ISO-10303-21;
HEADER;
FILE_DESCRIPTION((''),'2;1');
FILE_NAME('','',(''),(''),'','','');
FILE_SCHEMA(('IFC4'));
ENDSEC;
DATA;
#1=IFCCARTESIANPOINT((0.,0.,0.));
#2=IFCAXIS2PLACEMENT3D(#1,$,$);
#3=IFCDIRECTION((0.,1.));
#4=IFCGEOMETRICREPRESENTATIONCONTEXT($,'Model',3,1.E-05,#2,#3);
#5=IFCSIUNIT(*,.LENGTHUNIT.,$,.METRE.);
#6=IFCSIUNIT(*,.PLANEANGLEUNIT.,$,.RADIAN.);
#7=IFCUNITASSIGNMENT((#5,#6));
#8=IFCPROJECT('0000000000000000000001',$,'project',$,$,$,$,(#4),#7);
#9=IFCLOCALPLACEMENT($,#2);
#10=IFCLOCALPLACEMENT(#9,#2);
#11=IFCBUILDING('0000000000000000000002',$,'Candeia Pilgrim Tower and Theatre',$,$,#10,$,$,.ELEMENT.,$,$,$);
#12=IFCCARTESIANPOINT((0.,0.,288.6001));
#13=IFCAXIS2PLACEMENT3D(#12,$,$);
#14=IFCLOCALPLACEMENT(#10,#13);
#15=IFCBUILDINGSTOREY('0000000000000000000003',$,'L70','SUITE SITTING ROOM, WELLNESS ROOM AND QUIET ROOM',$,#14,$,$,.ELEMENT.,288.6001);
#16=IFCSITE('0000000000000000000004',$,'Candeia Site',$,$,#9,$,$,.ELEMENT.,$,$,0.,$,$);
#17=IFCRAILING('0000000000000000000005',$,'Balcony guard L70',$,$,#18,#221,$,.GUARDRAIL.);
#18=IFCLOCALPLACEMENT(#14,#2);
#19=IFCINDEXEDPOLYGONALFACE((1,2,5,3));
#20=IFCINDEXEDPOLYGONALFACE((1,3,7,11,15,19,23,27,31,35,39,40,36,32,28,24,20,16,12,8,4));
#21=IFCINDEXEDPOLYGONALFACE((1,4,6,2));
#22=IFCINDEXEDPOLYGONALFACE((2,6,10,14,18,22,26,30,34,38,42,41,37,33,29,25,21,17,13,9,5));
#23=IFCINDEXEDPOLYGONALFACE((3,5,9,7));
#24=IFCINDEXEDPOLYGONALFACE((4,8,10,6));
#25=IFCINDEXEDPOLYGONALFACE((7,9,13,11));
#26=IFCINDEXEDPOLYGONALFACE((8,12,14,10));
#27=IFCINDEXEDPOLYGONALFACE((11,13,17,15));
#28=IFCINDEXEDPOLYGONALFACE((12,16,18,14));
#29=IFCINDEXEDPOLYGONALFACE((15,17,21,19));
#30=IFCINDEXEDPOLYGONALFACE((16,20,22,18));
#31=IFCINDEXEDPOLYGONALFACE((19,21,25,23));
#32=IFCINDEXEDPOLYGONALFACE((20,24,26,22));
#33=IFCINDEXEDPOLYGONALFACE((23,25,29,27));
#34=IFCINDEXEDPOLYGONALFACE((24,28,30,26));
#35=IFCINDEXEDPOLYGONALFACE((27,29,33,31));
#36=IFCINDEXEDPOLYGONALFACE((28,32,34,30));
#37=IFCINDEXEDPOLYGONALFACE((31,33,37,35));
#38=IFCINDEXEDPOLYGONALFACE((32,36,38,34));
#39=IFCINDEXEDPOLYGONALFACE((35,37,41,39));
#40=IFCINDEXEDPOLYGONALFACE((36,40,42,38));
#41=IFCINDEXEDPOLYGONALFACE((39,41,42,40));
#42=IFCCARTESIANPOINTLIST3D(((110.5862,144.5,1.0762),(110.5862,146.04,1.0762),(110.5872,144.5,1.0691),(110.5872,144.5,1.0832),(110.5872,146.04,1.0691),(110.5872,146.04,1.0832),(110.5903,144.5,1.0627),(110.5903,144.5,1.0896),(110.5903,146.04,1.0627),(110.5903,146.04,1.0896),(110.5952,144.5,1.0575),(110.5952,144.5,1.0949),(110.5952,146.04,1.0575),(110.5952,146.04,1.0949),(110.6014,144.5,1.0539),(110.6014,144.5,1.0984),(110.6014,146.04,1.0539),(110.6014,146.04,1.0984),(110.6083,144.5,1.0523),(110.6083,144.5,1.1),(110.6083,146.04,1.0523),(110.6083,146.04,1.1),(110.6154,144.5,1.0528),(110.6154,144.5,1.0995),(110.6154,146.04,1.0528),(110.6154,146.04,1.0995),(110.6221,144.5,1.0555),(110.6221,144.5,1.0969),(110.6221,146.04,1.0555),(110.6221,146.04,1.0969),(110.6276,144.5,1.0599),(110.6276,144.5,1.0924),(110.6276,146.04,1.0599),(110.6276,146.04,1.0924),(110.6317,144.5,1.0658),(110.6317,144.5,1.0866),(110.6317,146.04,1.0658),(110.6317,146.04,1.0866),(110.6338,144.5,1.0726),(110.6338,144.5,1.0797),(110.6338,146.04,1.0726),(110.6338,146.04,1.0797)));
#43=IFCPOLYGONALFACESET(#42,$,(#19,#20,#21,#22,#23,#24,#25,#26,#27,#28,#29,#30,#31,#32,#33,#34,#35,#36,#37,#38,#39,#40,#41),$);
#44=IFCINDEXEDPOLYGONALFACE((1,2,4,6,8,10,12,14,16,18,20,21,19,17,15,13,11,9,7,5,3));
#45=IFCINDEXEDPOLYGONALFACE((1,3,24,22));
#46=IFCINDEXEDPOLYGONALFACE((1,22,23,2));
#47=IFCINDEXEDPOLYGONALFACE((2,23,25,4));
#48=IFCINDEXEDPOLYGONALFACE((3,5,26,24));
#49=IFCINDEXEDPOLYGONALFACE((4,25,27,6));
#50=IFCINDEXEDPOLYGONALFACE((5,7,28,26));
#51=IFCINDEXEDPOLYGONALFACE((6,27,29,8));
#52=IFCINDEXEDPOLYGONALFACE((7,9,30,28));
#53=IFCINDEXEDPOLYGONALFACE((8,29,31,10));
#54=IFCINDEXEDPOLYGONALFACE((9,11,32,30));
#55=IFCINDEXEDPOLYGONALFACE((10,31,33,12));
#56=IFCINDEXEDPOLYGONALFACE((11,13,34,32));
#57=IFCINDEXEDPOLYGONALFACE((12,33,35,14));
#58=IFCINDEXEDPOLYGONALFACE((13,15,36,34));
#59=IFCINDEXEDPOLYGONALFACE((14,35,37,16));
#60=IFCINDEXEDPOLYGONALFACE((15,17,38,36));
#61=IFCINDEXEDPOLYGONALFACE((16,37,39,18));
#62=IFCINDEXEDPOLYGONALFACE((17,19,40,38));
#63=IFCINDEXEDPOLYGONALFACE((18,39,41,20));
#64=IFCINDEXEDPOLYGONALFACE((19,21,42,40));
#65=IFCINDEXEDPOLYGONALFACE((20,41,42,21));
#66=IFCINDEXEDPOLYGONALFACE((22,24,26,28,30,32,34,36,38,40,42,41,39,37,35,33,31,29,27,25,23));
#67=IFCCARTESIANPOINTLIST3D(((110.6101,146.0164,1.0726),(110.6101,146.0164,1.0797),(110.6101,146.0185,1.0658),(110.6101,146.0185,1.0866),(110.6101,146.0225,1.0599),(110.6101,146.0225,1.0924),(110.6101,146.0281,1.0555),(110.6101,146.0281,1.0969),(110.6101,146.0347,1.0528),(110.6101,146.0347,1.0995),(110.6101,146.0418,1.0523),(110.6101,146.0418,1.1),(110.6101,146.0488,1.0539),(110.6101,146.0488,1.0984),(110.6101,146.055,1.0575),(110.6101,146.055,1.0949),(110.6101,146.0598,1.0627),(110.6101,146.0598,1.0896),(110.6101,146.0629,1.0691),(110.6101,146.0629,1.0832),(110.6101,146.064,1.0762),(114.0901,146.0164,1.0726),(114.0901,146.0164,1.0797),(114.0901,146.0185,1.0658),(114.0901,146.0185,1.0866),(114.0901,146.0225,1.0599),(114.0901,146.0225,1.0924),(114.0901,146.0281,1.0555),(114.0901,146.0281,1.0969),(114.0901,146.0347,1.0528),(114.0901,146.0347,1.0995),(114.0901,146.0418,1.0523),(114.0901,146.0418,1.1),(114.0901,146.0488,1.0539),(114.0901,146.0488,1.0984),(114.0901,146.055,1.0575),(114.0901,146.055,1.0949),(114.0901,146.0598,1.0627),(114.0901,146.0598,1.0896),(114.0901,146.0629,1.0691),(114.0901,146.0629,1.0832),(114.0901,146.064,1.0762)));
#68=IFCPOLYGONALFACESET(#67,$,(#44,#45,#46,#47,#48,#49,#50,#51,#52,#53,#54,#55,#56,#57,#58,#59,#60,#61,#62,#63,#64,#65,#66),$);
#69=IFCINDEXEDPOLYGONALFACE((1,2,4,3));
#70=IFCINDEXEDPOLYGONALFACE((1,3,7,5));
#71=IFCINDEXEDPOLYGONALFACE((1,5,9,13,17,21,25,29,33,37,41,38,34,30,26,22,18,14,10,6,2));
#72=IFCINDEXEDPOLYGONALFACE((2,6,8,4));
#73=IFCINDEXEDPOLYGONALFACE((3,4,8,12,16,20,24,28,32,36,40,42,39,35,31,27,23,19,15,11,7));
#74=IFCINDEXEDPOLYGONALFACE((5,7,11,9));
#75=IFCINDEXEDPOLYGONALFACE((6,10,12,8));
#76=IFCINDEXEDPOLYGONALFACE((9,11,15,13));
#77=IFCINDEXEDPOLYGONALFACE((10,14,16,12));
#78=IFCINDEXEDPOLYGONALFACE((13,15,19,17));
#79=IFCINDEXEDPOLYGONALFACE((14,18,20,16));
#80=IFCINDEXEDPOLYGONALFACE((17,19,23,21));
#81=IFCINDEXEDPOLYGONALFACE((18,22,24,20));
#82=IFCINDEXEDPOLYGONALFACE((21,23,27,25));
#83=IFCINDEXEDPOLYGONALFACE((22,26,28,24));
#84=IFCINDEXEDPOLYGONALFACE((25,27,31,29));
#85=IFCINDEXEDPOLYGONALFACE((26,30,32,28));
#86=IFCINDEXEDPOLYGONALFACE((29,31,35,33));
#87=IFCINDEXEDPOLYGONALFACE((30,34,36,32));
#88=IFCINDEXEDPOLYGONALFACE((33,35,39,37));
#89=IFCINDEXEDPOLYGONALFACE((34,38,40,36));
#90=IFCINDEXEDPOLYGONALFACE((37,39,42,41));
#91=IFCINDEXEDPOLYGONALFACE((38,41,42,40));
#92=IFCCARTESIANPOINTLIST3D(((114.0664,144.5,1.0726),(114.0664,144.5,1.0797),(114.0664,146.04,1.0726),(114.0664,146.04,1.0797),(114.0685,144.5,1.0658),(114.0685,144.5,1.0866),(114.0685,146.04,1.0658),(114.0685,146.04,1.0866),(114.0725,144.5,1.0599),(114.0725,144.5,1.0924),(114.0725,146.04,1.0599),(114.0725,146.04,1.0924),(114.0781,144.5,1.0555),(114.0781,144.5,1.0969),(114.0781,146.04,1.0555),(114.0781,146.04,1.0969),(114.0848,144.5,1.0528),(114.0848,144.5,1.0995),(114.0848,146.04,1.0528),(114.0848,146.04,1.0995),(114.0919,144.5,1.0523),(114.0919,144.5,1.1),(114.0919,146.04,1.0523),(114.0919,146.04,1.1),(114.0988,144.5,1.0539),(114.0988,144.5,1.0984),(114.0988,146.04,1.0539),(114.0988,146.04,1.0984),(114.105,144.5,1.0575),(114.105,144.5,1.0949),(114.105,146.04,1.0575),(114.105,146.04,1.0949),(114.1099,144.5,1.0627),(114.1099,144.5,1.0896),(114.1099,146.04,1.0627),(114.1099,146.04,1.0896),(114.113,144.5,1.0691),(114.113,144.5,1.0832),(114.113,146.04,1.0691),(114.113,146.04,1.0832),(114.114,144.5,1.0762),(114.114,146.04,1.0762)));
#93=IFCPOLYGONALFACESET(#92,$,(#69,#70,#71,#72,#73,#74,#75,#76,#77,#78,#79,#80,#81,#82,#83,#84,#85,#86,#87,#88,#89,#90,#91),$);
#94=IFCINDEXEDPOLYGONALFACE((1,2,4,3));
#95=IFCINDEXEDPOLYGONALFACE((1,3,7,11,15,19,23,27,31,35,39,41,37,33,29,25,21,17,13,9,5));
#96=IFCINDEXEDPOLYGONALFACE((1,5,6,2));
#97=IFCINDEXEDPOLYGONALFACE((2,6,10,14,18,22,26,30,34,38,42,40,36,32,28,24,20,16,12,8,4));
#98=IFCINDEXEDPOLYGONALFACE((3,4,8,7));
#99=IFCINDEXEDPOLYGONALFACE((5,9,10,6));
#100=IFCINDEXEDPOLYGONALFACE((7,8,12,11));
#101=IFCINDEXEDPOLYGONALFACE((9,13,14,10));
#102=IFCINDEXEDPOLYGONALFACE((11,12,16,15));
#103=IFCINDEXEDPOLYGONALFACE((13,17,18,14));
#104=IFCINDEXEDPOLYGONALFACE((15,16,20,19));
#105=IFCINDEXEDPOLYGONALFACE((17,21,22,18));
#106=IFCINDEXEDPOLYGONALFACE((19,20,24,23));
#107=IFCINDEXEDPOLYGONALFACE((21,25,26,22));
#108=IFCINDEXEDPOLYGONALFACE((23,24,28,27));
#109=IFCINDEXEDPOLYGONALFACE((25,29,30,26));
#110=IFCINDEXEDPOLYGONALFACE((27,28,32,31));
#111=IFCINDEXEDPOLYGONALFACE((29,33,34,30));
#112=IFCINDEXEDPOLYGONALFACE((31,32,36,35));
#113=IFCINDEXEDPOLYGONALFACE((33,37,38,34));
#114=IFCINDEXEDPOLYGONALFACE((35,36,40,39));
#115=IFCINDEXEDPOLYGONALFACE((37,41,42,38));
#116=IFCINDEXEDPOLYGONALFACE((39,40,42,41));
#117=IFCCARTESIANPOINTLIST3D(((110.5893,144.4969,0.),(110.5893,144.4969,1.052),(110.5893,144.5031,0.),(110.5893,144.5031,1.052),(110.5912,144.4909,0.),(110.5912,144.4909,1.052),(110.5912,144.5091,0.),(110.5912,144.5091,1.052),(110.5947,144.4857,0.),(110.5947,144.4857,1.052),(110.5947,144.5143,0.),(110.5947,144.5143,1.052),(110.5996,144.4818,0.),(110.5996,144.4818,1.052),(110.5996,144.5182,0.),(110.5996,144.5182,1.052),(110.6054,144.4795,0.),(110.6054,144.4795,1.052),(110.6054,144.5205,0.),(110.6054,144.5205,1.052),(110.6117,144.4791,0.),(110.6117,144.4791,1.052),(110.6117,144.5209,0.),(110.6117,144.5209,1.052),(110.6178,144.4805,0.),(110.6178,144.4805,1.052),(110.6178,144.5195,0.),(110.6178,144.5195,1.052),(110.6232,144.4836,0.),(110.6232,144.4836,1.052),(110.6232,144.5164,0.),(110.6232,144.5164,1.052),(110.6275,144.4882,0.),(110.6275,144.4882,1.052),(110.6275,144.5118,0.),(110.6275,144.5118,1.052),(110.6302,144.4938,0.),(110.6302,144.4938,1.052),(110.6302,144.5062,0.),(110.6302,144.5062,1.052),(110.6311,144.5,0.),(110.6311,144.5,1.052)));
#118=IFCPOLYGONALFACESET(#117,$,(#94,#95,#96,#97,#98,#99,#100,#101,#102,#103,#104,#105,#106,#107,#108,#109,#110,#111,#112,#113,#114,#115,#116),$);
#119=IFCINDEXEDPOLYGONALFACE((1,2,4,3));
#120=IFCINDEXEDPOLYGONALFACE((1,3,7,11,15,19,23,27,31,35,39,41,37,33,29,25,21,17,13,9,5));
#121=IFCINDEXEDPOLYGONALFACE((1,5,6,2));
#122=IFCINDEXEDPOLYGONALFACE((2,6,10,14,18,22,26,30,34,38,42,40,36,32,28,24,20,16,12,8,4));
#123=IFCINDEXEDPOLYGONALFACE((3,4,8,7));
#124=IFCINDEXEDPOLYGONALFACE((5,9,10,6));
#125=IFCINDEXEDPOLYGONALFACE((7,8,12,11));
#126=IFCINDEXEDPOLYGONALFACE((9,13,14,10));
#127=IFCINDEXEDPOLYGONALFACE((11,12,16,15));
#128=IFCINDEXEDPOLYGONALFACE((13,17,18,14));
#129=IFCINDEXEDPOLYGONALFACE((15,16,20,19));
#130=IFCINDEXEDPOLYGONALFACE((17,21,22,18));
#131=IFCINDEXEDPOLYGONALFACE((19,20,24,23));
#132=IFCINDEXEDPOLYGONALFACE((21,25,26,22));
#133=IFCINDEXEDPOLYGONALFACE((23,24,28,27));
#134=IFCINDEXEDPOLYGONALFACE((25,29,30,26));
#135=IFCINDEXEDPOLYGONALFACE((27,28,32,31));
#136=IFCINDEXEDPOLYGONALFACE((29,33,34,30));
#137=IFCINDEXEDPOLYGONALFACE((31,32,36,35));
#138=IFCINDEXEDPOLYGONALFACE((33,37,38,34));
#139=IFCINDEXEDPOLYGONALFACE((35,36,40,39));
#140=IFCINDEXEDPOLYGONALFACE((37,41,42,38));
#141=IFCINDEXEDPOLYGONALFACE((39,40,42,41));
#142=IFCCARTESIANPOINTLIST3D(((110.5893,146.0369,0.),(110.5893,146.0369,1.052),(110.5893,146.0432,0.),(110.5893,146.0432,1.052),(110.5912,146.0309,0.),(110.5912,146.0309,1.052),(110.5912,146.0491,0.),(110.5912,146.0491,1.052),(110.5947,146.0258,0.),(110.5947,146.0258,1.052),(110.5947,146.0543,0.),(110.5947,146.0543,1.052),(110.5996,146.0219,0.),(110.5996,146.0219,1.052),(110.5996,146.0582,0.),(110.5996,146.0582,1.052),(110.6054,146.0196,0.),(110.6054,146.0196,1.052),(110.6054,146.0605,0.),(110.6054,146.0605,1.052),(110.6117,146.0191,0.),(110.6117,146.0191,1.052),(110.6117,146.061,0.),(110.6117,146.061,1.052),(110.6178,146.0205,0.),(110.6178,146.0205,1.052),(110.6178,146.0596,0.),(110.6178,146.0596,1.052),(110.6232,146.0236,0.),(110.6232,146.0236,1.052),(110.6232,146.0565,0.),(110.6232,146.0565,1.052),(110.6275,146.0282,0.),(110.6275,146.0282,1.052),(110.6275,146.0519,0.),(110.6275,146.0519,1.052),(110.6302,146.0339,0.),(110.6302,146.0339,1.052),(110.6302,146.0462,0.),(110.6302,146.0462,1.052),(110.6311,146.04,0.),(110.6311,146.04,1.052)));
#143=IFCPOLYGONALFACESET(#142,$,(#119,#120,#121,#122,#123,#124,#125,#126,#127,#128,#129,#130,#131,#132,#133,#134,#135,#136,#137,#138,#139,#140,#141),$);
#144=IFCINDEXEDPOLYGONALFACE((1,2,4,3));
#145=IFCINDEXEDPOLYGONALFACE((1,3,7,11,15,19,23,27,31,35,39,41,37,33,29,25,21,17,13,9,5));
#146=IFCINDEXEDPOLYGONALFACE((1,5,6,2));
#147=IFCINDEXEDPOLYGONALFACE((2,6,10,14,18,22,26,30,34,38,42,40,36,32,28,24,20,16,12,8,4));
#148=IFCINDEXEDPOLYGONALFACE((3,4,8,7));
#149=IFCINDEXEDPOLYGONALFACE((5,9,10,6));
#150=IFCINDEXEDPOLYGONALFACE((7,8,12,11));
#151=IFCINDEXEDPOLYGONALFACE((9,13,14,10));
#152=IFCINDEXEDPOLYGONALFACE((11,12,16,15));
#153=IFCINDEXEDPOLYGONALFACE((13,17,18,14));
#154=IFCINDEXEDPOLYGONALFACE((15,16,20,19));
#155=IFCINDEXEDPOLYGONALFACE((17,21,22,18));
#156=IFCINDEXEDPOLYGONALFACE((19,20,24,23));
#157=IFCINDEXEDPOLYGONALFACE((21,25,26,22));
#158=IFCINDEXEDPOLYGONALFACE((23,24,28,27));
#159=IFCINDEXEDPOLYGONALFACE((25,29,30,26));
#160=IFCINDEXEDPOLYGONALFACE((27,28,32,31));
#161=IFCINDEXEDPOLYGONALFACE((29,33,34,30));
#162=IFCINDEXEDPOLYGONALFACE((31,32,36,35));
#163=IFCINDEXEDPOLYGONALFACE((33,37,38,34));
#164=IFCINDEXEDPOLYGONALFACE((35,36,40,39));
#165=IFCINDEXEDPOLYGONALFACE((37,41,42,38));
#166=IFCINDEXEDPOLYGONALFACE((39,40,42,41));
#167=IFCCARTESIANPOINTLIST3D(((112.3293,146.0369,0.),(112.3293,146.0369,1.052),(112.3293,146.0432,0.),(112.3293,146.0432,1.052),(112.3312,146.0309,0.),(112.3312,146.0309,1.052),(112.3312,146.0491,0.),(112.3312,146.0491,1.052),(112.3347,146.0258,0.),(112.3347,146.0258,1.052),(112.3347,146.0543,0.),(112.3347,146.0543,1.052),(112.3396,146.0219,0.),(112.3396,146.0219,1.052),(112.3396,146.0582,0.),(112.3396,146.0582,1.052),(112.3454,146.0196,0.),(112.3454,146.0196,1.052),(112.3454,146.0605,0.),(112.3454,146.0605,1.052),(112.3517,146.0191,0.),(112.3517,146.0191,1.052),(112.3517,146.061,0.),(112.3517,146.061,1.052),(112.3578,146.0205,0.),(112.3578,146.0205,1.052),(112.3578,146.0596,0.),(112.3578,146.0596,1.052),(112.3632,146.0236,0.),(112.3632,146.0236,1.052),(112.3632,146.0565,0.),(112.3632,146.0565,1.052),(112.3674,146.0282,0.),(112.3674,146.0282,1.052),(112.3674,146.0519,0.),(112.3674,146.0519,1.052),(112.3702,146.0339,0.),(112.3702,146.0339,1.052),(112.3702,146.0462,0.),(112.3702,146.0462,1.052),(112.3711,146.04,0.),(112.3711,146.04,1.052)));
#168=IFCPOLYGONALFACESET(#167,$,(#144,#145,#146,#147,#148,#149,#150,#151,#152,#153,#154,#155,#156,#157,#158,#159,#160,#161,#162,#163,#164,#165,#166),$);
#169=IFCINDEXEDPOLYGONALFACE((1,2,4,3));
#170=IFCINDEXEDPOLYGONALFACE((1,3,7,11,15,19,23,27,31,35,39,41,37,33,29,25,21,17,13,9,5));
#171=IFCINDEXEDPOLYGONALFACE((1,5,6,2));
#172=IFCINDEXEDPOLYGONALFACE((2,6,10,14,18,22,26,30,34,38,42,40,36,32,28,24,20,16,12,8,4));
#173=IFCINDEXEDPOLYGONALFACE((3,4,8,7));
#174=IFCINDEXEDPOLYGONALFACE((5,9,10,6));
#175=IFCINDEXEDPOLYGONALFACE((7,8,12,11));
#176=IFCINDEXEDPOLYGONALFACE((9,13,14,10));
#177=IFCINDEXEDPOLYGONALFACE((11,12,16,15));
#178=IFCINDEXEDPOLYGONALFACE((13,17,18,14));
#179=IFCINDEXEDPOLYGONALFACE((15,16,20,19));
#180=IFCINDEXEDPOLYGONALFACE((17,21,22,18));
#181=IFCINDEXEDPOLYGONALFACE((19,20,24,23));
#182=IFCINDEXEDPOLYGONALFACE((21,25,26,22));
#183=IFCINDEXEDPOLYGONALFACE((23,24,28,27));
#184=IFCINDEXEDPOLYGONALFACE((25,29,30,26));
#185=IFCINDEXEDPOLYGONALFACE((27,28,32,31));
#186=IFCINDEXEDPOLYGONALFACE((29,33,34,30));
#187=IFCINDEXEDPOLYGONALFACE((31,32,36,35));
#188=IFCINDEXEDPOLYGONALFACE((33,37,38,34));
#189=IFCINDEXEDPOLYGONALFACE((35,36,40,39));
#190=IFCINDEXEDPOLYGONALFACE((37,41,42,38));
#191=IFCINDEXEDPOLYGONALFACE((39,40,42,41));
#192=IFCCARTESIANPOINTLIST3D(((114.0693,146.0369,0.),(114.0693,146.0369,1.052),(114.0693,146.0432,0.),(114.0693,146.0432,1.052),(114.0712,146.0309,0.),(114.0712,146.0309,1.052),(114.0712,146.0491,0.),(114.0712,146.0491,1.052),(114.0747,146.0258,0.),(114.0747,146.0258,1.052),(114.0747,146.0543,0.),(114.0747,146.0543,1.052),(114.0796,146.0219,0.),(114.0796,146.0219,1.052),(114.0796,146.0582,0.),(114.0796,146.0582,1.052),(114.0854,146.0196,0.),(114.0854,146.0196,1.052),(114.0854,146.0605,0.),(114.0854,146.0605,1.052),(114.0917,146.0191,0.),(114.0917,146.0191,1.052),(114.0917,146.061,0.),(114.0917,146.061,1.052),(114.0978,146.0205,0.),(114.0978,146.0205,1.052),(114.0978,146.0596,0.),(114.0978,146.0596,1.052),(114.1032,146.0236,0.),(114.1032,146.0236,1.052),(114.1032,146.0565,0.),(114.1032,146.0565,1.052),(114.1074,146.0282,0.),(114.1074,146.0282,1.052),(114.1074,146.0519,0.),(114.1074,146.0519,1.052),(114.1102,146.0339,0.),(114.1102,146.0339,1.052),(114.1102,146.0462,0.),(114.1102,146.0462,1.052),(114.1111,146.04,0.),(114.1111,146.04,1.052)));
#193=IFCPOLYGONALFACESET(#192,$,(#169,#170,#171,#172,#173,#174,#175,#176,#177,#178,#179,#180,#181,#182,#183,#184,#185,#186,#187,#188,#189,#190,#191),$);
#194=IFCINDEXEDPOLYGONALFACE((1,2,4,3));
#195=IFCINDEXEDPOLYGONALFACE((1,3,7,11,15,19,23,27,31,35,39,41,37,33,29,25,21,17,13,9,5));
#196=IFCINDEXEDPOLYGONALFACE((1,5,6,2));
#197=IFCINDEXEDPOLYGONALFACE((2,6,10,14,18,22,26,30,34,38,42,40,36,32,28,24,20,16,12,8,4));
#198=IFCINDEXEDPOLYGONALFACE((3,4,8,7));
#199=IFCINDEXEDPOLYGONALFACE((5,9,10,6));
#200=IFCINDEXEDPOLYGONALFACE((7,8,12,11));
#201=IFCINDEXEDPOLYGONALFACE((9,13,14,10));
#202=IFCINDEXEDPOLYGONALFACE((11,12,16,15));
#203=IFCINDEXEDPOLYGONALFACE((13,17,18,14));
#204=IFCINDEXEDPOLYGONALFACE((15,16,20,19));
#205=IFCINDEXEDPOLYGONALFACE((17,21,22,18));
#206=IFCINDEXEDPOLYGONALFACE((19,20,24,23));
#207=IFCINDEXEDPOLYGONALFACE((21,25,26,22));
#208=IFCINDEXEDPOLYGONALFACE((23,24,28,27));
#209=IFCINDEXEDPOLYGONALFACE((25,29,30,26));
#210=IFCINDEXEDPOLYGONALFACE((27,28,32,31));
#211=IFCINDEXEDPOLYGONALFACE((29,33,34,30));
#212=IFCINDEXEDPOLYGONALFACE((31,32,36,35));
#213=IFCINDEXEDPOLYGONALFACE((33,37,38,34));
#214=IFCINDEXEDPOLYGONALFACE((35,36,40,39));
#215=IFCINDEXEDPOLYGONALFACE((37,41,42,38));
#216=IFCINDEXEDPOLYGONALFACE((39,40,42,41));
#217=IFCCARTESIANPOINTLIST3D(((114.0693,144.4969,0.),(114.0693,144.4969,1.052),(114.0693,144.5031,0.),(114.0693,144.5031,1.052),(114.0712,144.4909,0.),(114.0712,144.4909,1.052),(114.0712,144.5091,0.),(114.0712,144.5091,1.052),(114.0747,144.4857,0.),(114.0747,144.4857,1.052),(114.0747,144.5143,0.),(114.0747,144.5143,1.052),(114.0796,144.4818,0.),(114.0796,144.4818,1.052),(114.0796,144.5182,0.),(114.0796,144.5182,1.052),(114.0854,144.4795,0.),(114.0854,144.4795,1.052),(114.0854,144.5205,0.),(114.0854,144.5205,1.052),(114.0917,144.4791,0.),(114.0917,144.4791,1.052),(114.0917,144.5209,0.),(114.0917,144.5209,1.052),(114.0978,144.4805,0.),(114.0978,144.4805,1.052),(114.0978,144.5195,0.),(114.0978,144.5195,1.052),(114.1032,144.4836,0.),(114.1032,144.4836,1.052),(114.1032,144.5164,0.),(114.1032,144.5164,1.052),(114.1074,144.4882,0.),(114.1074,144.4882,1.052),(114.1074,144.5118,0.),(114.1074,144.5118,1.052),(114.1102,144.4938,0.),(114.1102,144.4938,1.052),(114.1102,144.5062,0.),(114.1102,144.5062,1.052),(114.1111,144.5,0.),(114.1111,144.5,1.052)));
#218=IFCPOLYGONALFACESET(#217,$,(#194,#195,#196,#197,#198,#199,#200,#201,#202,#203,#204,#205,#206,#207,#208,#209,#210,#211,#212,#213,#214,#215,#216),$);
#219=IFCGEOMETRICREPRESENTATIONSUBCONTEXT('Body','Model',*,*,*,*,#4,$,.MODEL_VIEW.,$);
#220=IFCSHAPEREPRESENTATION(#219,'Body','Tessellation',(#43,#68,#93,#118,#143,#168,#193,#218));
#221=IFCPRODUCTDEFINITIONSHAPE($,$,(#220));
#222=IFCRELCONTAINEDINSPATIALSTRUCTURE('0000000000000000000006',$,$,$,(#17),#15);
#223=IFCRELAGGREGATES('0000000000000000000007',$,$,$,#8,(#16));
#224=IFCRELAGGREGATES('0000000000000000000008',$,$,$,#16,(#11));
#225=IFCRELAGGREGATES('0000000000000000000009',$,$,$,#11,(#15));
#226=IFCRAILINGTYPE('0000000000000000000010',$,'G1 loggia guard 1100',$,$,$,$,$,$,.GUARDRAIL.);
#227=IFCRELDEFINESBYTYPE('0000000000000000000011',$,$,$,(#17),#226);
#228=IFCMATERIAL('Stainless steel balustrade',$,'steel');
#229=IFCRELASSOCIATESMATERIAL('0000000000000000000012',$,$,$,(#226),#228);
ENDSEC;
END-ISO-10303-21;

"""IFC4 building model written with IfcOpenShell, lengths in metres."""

from ifc_helpers import new_model, si_unit, direction, frame, origin, origin_2d, place, context, subcontext, project, spatial, circle, extrude, material, type_object, element, save


model = new_model("IFC4")

# Units and contexts
model_context = context("Model", 3, precision=1e-05, world=origin(), true_north=direction((0.0, 1.0)))
body_context = subcontext(model_context, "Body", "Model", "MODEL_VIEW")
ifc_project = project(units=[si_unit("LENGTHUNIT", "METRE"), si_unit("PLANEANGLEUNIT", "RADIAN")], contexts=[model_context])

# Site, building, storey
site_placement = place(None, origin())
site = spatial("IfcSite", under=ifc_project, at=site_placement, Name="Candeia Site", CompositionType="ELEMENT", RefElevation=0.0)
building_placement = place(site_placement, origin())
building = spatial("IfcBuilding", under=site, at=building_placement, Name="Candeia Pilgrim Tower and Theatre", CompositionType="ELEMENT")
storey_placement = place(building_placement, frame((0.0, 0.0, 288.6001)))
storey = spatial("IfcBuildingStorey", under=building, at=storey_placement, Name="L70", Description="SUITE SITTING ROOM, WELLNESS ROOM AND QUIET ROOM", CompositionType="ELEMENT", Elevation=288.6001)

# Railing
ifc_material_1 = material(Name="Stainless steel balustrade", Category="steel")
railing_type = type_object("IfcRailingType", Name="G1 loggia guard 1100", PredefinedType="GUARDRAIL", material=ifc_material_1)
railing_placement = place(storey_placement, frame((110.6101, 144.5, 0.0)))
element("IfcRailing", 1, at=railing_placement, inside=storey, type_object=railing_type, Name="Balcony guard L70", PredefinedType="GUARDRAIL", context=body_context, shape_type="SweptSolid", body=[
    extrude(circle(Radius=0.0239, at=origin_2d()), frame((0.0, 0.0, 1.0762), z_axis=(0.0, 1.0, 0.0), x_axis=(-1.0, 0.0, 0.0)), (0.0, 0.0, 1.0), 1.54),
    extrude(circle(Radius=0.0239, at=origin_2d()), frame((0.0, 1.54, 1.0762), z_axis=(1.0, 0.0, 0.0), x_axis=(0.0, 1.0, 0.0)), (0.0, 0.0, 1.0), 3.48),
    extrude(circle(Radius=0.0239, at=origin_2d()), frame((3.48, 1.54, 1.0762), z_axis=(0.0, -1.0, 0.0), x_axis=(1.0, 0.0, 0.0)), (0.0, 0.0, 1.0), 1.54),
    extrude(circle(Radius=0.021, at=origin_2d()), origin(), (0.0, 0.0, 1.0), 1.052),
    extrude(circle(Radius=0.021, at=origin_2d()), frame((0.0, 1.54, 0.0)), (0.0, 0.0, 1.0), 1.052),
    extrude(circle(Radius=0.021, at=origin_2d()), frame((1.74, 1.54, 0.0)), (0.0, 0.0, 1.0), 1.052),
    extrude(circle(Radius=0.021, at=origin_2d()), frame((3.48, 1.54, 0.0)), (0.0, 0.0, 1.0), 1.052),
    extrude(circle(Radius=0.021, at=origin_2d()), frame((3.48, 0.0, 0.0)), (0.0, 0.0, 1.0), 1.052),
])

save(model, "model.ifc")
